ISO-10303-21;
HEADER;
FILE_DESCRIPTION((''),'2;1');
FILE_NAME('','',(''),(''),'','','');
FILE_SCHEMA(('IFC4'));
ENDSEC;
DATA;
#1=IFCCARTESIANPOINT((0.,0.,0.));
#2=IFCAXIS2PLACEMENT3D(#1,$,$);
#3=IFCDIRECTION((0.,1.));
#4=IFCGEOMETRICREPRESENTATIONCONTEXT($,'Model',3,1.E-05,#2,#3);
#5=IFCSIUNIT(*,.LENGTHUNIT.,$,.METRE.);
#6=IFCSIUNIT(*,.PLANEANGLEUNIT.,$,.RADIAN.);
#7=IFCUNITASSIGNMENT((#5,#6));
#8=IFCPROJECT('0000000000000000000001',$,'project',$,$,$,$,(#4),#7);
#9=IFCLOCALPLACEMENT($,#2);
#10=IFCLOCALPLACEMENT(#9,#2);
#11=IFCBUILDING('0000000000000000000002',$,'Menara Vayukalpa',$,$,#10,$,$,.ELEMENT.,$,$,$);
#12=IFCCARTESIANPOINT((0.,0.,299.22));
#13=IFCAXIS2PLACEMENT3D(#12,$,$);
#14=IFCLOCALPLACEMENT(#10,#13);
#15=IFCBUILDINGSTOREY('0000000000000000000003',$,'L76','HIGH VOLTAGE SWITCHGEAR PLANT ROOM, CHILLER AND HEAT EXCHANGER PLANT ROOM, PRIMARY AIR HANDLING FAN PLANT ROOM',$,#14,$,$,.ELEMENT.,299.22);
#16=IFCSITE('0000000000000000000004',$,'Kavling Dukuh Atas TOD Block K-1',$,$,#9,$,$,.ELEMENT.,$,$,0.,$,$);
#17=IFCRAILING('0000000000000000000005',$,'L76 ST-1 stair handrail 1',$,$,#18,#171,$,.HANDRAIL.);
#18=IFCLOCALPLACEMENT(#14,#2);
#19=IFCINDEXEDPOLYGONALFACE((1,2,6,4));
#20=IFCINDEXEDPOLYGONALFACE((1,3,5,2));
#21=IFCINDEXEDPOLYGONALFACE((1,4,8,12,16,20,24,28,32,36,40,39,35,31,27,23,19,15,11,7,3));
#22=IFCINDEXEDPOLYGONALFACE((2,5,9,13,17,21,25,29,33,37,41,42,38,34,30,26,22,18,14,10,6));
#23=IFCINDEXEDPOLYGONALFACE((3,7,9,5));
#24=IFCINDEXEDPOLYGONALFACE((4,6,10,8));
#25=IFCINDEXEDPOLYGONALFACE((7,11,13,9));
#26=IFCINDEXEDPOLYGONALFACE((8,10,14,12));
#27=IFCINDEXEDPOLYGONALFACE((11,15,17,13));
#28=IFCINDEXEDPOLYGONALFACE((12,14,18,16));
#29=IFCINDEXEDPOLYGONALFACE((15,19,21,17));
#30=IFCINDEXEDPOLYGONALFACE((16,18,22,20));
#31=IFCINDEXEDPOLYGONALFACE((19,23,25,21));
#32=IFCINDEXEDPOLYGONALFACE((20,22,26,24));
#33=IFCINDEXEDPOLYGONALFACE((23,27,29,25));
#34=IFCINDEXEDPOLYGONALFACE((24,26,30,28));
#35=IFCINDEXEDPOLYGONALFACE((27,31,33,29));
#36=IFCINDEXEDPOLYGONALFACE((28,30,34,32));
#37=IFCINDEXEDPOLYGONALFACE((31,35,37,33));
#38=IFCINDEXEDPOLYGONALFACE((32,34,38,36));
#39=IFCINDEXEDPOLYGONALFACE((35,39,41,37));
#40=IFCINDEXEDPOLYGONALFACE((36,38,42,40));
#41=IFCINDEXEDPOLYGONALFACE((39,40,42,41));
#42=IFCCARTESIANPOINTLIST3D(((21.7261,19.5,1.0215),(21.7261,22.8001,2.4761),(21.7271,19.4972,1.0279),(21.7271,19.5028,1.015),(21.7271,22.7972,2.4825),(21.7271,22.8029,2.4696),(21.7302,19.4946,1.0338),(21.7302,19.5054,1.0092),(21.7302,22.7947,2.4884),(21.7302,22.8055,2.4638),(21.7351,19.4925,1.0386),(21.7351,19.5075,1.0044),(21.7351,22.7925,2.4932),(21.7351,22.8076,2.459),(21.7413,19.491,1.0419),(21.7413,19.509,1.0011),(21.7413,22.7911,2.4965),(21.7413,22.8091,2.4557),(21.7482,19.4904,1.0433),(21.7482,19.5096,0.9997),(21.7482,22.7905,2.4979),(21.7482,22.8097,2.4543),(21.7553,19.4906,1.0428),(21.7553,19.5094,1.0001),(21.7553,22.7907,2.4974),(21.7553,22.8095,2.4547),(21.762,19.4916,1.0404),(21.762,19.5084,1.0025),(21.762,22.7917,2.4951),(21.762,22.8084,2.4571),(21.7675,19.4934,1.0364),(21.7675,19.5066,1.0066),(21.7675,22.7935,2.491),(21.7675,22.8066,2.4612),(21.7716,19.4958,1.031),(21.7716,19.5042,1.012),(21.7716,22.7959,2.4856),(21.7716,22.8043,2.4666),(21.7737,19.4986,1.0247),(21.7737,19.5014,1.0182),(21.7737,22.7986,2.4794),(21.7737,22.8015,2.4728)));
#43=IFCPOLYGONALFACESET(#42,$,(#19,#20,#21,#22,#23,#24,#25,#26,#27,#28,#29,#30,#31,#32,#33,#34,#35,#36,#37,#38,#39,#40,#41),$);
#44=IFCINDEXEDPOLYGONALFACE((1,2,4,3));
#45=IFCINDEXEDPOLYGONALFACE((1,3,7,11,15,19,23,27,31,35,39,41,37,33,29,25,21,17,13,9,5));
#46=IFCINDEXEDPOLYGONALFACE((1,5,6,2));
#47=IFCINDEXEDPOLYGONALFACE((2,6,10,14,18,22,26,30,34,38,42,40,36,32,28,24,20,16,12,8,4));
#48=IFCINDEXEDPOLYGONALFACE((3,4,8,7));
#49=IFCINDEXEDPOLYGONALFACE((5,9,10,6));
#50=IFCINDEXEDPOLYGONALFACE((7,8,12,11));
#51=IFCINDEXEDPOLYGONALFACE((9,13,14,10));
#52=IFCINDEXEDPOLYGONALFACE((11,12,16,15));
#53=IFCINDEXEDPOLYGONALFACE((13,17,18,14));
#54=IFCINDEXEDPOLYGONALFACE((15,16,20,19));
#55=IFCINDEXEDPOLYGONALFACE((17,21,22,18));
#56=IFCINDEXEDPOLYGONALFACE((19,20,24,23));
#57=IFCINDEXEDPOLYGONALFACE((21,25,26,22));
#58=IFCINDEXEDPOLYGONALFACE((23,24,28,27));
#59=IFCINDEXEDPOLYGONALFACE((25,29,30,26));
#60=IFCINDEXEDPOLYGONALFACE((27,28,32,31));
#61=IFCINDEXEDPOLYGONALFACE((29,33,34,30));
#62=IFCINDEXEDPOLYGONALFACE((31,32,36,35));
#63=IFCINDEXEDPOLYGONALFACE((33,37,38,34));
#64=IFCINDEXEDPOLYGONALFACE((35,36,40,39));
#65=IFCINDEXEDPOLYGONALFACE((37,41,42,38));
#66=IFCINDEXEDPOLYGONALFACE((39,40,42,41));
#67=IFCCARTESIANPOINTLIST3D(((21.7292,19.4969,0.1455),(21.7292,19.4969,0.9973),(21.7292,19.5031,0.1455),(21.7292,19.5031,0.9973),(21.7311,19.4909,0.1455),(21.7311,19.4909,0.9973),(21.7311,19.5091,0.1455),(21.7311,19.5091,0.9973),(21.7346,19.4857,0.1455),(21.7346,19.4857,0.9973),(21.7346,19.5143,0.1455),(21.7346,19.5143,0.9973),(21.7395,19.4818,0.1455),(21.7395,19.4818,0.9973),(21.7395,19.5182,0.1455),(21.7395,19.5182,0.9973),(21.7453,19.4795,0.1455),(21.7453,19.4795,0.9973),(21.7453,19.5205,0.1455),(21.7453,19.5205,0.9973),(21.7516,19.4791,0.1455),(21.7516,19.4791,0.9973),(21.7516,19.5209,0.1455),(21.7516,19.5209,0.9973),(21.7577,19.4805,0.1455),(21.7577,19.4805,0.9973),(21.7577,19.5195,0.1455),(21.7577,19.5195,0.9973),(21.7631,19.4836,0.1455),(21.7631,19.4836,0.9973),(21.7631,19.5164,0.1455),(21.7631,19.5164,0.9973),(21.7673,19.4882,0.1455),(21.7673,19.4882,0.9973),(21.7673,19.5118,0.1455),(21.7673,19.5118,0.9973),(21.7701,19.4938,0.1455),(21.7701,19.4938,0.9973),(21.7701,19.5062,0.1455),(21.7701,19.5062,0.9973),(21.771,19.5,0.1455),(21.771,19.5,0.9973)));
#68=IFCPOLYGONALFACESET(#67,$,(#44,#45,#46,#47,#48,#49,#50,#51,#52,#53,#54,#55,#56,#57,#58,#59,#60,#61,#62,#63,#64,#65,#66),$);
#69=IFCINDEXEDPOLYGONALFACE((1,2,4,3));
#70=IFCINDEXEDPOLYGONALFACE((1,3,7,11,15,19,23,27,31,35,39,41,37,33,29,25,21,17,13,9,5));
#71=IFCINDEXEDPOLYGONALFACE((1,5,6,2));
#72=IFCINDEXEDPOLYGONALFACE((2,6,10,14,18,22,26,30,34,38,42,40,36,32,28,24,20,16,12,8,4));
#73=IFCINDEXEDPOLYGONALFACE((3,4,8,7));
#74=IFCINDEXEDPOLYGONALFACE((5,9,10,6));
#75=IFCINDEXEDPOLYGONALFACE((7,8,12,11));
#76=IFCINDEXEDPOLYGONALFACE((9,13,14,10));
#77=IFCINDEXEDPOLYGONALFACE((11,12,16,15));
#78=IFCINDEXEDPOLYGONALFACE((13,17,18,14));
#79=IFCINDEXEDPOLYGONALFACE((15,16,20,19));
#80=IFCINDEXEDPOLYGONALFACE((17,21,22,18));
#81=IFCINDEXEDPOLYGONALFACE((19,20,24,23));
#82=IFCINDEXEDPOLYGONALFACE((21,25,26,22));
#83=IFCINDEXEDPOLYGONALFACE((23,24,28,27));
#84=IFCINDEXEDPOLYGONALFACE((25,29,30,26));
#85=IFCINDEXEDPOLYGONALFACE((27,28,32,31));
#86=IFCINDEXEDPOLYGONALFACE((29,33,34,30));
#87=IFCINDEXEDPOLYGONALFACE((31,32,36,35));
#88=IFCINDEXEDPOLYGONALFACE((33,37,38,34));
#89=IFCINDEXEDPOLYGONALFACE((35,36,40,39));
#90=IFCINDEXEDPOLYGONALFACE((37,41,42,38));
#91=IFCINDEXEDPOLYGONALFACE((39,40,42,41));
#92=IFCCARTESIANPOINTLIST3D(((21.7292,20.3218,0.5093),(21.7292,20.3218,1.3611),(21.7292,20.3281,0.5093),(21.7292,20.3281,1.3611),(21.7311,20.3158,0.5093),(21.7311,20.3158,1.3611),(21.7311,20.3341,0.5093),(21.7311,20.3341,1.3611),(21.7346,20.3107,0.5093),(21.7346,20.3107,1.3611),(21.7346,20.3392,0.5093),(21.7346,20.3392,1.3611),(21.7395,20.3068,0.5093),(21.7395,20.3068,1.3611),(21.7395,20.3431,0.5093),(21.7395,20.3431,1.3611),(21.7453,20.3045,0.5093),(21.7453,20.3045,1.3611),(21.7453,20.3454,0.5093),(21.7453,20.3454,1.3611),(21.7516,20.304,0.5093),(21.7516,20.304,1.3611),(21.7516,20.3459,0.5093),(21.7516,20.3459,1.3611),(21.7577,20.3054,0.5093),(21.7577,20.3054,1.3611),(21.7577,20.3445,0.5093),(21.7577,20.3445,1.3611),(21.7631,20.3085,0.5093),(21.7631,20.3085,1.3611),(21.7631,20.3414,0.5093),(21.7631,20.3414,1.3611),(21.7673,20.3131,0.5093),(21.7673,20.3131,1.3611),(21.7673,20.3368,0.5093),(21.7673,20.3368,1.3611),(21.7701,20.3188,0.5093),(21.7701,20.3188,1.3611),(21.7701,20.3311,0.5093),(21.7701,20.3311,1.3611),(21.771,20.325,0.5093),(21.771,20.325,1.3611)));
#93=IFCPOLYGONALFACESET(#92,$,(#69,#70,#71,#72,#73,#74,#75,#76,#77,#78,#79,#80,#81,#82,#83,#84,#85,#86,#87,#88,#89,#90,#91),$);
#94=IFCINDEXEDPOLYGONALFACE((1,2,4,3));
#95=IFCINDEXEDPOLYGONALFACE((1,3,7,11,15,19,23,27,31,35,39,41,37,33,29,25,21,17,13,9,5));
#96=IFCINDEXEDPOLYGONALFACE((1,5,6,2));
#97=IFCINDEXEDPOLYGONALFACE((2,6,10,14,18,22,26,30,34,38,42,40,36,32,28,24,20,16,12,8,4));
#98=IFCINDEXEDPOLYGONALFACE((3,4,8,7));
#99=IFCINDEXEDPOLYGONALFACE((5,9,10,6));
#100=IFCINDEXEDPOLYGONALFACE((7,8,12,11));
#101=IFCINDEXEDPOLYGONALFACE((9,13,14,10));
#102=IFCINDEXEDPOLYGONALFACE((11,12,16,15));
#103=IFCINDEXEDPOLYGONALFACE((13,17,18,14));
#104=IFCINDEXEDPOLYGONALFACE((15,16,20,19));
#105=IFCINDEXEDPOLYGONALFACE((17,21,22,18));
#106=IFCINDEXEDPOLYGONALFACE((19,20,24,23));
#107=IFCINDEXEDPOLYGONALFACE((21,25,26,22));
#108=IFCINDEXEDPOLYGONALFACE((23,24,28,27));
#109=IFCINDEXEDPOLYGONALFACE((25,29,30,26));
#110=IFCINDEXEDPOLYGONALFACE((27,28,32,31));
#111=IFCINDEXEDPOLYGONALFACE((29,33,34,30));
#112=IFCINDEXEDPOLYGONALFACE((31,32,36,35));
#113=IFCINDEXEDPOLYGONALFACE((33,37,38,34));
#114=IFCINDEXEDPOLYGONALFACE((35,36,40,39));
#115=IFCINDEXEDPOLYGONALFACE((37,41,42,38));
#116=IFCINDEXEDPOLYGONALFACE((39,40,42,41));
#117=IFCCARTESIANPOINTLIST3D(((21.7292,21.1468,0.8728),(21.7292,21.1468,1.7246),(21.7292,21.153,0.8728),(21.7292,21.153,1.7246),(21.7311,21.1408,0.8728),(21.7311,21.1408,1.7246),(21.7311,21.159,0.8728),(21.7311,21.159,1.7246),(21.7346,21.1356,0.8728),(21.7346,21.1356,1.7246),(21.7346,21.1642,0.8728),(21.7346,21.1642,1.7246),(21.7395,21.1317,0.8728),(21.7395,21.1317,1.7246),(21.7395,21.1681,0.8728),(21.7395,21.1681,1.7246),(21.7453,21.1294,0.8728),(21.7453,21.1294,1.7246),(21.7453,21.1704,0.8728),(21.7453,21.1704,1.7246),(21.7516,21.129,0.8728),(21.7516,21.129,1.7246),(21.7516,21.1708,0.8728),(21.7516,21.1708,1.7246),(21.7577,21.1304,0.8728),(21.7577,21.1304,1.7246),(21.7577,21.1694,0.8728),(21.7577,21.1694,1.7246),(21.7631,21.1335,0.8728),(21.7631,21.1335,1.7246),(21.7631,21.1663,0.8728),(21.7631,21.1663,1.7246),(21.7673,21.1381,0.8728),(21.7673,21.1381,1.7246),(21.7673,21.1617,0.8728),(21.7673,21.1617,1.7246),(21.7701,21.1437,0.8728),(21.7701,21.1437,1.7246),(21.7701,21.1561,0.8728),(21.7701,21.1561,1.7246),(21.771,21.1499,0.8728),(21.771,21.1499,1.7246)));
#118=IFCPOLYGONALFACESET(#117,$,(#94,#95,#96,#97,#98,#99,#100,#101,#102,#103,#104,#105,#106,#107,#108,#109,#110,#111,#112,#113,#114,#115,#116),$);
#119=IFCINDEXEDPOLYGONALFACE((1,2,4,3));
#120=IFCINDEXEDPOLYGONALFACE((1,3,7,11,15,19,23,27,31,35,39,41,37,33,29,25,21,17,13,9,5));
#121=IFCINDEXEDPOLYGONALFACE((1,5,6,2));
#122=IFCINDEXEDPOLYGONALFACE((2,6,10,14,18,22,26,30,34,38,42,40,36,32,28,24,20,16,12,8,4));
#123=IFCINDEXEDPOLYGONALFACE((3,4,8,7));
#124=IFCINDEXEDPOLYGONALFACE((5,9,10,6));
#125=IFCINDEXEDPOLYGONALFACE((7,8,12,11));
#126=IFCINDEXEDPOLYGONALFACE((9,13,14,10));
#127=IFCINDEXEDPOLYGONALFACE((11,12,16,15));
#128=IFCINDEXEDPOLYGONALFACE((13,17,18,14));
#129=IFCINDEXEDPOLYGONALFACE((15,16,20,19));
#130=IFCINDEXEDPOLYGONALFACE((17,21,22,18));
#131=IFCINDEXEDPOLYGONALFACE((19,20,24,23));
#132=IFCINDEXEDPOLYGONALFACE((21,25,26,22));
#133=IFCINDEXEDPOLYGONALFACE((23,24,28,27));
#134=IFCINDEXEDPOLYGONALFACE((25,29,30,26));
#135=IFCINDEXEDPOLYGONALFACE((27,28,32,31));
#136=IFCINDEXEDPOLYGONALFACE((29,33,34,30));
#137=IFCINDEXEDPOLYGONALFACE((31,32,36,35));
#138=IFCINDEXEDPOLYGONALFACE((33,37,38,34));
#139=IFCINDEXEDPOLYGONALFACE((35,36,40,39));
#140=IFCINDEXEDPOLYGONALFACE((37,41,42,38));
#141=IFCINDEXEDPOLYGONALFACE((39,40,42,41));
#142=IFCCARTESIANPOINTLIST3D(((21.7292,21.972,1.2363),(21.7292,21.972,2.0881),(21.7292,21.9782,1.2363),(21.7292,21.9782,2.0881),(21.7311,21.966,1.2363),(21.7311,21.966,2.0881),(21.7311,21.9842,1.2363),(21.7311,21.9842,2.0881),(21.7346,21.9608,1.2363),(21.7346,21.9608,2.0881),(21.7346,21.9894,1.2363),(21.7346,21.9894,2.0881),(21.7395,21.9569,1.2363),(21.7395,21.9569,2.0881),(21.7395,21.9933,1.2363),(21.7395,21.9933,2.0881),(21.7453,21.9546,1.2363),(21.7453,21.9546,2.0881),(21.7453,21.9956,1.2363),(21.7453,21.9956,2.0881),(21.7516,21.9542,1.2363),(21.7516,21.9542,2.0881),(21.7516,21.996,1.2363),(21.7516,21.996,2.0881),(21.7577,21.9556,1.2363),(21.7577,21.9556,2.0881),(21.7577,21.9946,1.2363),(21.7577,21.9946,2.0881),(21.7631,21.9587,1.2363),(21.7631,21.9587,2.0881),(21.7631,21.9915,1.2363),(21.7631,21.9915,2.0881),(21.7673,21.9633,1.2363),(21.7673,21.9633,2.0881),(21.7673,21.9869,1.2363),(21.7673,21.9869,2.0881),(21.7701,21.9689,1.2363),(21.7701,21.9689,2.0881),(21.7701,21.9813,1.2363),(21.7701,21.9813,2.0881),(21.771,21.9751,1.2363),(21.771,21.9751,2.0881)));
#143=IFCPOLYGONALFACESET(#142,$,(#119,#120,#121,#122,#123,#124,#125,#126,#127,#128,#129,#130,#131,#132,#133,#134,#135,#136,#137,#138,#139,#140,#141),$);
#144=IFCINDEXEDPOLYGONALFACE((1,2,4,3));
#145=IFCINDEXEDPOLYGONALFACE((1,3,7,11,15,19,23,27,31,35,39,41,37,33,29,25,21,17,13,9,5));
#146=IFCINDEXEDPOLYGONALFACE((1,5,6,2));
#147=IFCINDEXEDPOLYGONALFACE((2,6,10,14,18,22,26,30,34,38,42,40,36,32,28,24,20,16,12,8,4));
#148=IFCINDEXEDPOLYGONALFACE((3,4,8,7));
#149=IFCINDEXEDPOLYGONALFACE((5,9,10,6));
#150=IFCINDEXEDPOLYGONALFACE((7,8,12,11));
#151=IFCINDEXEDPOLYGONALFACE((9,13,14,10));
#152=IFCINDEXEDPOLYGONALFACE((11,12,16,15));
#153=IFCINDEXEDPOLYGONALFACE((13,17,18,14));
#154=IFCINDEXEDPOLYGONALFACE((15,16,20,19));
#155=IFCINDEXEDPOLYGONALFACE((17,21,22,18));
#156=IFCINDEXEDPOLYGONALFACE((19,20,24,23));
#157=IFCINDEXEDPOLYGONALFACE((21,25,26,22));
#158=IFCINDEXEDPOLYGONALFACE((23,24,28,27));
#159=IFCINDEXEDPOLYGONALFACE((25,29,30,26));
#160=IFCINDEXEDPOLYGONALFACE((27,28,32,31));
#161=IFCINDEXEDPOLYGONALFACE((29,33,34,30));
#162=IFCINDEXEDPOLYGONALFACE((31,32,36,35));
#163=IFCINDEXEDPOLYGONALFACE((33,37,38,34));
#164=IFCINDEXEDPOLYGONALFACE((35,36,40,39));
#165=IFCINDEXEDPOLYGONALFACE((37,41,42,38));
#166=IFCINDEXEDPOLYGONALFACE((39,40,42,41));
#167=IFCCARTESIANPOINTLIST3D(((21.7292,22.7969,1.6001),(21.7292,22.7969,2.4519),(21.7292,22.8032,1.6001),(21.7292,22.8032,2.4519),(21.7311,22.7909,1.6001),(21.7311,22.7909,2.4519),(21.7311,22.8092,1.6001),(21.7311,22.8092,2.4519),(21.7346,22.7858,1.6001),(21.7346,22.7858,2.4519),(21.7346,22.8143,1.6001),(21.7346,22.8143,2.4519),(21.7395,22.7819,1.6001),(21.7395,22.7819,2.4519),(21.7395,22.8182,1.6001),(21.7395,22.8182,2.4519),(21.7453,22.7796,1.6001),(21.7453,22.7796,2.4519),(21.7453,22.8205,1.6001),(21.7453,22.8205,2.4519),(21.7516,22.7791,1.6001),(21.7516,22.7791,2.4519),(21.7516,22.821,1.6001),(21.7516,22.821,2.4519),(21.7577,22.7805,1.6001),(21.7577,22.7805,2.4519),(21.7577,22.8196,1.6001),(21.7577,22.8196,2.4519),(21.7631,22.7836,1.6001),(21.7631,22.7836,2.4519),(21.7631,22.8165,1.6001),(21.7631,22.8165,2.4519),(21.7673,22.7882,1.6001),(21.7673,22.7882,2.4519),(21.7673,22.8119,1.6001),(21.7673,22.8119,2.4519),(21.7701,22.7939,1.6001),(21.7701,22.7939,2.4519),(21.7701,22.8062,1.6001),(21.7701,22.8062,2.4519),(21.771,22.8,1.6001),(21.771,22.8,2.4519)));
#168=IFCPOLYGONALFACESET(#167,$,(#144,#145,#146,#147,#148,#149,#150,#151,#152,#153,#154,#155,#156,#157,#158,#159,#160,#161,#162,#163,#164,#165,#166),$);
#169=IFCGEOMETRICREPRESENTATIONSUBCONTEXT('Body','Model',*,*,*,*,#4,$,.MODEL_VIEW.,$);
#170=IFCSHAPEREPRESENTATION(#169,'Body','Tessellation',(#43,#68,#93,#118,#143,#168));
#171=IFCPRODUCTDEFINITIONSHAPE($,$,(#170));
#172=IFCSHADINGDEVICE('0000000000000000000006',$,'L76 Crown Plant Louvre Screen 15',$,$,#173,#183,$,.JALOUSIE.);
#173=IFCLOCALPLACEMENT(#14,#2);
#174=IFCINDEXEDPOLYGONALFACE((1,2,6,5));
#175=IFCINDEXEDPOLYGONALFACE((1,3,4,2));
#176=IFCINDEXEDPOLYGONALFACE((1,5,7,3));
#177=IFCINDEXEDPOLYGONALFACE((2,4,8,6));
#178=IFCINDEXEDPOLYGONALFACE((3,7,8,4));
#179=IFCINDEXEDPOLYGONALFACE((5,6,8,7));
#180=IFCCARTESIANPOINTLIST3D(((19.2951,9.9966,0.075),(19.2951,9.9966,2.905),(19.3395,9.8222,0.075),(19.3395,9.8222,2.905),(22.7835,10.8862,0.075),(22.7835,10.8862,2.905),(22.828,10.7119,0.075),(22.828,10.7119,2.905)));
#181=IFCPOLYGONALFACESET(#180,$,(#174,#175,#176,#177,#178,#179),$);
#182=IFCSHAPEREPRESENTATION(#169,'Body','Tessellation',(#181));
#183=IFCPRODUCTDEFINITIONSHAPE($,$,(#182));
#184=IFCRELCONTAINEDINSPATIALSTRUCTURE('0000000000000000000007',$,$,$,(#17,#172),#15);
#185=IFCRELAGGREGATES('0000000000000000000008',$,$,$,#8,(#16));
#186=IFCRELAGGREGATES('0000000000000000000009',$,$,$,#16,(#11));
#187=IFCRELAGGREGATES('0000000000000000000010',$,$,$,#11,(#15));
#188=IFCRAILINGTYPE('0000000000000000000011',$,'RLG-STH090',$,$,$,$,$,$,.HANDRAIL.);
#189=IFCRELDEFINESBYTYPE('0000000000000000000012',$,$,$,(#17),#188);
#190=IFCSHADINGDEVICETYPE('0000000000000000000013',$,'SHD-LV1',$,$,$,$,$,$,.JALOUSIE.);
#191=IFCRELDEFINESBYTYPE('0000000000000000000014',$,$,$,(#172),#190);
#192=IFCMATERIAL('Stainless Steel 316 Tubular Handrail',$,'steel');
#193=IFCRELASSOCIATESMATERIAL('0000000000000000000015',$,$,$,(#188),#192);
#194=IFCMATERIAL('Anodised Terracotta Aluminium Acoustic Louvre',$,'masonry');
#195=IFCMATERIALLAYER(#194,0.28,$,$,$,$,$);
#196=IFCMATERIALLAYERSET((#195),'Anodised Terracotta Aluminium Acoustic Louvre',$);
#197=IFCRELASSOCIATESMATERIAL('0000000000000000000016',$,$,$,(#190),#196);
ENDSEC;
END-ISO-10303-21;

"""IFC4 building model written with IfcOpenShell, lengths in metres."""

from ifc_helpers import new_model, si_unit, direction, frame, origin, origin_2d, place, context, subcontext, project, spatial, rectangle, circle, extrude, material, layer, layer_set, type_object, element, save


model = new_model("IFC4")

# Units and contexts
model_context = context("Model", 3, precision=1e-05, world=origin(), true_north=direction((0.0, 1.0)))
body_context = subcontext(model_context, "Body", "Model", "MODEL_VIEW")
ifc_project = project(units=[si_unit("LENGTHUNIT", "METRE"), si_unit("PLANEANGLEUNIT", "RADIAN")], contexts=[model_context])

# Site, building, storey
site_placement = place(None, origin())
site = spatial("IfcSite", under=ifc_project, at=site_placement, Name="Kavling Dukuh Atas TOD Block K-1", CompositionType="ELEMENT", RefElevation=0.0)
building_placement = place(site_placement, origin())
building = spatial("IfcBuilding", under=site, at=building_placement, Name="Menara Vayukalpa", CompositionType="ELEMENT")
storey_placement = place(building_placement, frame((0.0, 0.0, 299.22)))
storey = spatial("IfcBuildingStorey", under=building, at=storey_placement, Name="L76", Description="HIGH VOLTAGE SWITCHGEAR PLANT ROOM, CHILLER AND HEAT EXCHANGER PLANT ROOM, PRIMARY AIR HANDLING FAN PLANT ROOM", CompositionType="ELEMENT", Elevation=299.22)

# Railing
ifc_material_1 = material(Name="Stainless Steel 316 Tubular Handrail", Category="steel")
railing_type_1 = type_object("IfcRailingType", Name="RLG-STH090", PredefinedType="HANDRAIL", material=ifc_material_1)
railing_1_placement = place(storey_placement, frame((21.75, 19.5, 0.1455)))
element("IfcRailing", 1, at=railing_1_placement, inside=storey, type_object=railing_type_1, Name="L76 ST-1 stair handrail 1", PredefinedType="HANDRAIL", context=body_context, shape_type="SweptSolid", body=[
    extrude(circle(Radius=0.0239, at=origin_2d()), frame((0.0, 0.0, 0.876), z_axis=(0.0, 0.915052, 0.403335), x_axis=(-1.0, 0.0, 0.0)), (0.0, 0.0, 1.0), 3.6064),
    extrude(circle(Radius=0.021, at=origin_2d()), origin(), (0.0, 0.0, 1.0), 0.8518),
    extrude(circle(Radius=0.021, at=origin_2d()), frame((0.0, 0.825, 0.3638)), (0.0, 0.0, 1.0), 0.8518),
    extrude(circle(Radius=0.021, at=origin_2d()), frame((0.0, 1.6499, 0.7273)), (0.0, 0.0, 1.0), 0.8518),
    extrude(circle(Radius=0.021, at=origin_2d()), frame((0.0, 2.4751, 1.0908)), (0.0, 0.0, 1.0), 0.8518),
    extrude(circle(Radius=0.021, at=origin_2d()), frame((0.0, 3.3, 1.4546)), (0.0, 0.0, 1.0), 0.8518),
])

# Shading device
ifc_material_2 = material(Name="Anodised Terracotta Aluminium Acoustic Louvre", Category="masonry")
ifc_layer_1 = layer(ifc_material_2, 0.28)
ifc_layer_set_1 = layer_set([ifc_layer_1], Name="Anodised Terracotta Aluminium Acoustic Louvre")
shading_device_type = type_object("IfcShadingDeviceType", Name="SHD-LV1", PredefinedType="JALOUSIE", material=ifc_layer_set_1)
shading_device_placement = place(storey_placement, frame((21.0615, 10.3542, 0.075), z_axis=(0.0, 0.0, 1.0), x_axis=(0.968986, 0.247117, 0.0)))
element("IfcShadingDevice", 2, at=shading_device_placement, inside=storey, type_object=shading_device_type, Name="L76 Crown Plant Louvre Screen 15", PredefinedType="JALOUSIE", context=body_context, shape_type="SweptSolid", body=[
    extrude(rectangle(XDim=3.6001, YDim=0.1799, at=origin_2d()), origin(), (0.0, 0.0, 1.0), 2.8301),
])

save(model, "model.ifc")
